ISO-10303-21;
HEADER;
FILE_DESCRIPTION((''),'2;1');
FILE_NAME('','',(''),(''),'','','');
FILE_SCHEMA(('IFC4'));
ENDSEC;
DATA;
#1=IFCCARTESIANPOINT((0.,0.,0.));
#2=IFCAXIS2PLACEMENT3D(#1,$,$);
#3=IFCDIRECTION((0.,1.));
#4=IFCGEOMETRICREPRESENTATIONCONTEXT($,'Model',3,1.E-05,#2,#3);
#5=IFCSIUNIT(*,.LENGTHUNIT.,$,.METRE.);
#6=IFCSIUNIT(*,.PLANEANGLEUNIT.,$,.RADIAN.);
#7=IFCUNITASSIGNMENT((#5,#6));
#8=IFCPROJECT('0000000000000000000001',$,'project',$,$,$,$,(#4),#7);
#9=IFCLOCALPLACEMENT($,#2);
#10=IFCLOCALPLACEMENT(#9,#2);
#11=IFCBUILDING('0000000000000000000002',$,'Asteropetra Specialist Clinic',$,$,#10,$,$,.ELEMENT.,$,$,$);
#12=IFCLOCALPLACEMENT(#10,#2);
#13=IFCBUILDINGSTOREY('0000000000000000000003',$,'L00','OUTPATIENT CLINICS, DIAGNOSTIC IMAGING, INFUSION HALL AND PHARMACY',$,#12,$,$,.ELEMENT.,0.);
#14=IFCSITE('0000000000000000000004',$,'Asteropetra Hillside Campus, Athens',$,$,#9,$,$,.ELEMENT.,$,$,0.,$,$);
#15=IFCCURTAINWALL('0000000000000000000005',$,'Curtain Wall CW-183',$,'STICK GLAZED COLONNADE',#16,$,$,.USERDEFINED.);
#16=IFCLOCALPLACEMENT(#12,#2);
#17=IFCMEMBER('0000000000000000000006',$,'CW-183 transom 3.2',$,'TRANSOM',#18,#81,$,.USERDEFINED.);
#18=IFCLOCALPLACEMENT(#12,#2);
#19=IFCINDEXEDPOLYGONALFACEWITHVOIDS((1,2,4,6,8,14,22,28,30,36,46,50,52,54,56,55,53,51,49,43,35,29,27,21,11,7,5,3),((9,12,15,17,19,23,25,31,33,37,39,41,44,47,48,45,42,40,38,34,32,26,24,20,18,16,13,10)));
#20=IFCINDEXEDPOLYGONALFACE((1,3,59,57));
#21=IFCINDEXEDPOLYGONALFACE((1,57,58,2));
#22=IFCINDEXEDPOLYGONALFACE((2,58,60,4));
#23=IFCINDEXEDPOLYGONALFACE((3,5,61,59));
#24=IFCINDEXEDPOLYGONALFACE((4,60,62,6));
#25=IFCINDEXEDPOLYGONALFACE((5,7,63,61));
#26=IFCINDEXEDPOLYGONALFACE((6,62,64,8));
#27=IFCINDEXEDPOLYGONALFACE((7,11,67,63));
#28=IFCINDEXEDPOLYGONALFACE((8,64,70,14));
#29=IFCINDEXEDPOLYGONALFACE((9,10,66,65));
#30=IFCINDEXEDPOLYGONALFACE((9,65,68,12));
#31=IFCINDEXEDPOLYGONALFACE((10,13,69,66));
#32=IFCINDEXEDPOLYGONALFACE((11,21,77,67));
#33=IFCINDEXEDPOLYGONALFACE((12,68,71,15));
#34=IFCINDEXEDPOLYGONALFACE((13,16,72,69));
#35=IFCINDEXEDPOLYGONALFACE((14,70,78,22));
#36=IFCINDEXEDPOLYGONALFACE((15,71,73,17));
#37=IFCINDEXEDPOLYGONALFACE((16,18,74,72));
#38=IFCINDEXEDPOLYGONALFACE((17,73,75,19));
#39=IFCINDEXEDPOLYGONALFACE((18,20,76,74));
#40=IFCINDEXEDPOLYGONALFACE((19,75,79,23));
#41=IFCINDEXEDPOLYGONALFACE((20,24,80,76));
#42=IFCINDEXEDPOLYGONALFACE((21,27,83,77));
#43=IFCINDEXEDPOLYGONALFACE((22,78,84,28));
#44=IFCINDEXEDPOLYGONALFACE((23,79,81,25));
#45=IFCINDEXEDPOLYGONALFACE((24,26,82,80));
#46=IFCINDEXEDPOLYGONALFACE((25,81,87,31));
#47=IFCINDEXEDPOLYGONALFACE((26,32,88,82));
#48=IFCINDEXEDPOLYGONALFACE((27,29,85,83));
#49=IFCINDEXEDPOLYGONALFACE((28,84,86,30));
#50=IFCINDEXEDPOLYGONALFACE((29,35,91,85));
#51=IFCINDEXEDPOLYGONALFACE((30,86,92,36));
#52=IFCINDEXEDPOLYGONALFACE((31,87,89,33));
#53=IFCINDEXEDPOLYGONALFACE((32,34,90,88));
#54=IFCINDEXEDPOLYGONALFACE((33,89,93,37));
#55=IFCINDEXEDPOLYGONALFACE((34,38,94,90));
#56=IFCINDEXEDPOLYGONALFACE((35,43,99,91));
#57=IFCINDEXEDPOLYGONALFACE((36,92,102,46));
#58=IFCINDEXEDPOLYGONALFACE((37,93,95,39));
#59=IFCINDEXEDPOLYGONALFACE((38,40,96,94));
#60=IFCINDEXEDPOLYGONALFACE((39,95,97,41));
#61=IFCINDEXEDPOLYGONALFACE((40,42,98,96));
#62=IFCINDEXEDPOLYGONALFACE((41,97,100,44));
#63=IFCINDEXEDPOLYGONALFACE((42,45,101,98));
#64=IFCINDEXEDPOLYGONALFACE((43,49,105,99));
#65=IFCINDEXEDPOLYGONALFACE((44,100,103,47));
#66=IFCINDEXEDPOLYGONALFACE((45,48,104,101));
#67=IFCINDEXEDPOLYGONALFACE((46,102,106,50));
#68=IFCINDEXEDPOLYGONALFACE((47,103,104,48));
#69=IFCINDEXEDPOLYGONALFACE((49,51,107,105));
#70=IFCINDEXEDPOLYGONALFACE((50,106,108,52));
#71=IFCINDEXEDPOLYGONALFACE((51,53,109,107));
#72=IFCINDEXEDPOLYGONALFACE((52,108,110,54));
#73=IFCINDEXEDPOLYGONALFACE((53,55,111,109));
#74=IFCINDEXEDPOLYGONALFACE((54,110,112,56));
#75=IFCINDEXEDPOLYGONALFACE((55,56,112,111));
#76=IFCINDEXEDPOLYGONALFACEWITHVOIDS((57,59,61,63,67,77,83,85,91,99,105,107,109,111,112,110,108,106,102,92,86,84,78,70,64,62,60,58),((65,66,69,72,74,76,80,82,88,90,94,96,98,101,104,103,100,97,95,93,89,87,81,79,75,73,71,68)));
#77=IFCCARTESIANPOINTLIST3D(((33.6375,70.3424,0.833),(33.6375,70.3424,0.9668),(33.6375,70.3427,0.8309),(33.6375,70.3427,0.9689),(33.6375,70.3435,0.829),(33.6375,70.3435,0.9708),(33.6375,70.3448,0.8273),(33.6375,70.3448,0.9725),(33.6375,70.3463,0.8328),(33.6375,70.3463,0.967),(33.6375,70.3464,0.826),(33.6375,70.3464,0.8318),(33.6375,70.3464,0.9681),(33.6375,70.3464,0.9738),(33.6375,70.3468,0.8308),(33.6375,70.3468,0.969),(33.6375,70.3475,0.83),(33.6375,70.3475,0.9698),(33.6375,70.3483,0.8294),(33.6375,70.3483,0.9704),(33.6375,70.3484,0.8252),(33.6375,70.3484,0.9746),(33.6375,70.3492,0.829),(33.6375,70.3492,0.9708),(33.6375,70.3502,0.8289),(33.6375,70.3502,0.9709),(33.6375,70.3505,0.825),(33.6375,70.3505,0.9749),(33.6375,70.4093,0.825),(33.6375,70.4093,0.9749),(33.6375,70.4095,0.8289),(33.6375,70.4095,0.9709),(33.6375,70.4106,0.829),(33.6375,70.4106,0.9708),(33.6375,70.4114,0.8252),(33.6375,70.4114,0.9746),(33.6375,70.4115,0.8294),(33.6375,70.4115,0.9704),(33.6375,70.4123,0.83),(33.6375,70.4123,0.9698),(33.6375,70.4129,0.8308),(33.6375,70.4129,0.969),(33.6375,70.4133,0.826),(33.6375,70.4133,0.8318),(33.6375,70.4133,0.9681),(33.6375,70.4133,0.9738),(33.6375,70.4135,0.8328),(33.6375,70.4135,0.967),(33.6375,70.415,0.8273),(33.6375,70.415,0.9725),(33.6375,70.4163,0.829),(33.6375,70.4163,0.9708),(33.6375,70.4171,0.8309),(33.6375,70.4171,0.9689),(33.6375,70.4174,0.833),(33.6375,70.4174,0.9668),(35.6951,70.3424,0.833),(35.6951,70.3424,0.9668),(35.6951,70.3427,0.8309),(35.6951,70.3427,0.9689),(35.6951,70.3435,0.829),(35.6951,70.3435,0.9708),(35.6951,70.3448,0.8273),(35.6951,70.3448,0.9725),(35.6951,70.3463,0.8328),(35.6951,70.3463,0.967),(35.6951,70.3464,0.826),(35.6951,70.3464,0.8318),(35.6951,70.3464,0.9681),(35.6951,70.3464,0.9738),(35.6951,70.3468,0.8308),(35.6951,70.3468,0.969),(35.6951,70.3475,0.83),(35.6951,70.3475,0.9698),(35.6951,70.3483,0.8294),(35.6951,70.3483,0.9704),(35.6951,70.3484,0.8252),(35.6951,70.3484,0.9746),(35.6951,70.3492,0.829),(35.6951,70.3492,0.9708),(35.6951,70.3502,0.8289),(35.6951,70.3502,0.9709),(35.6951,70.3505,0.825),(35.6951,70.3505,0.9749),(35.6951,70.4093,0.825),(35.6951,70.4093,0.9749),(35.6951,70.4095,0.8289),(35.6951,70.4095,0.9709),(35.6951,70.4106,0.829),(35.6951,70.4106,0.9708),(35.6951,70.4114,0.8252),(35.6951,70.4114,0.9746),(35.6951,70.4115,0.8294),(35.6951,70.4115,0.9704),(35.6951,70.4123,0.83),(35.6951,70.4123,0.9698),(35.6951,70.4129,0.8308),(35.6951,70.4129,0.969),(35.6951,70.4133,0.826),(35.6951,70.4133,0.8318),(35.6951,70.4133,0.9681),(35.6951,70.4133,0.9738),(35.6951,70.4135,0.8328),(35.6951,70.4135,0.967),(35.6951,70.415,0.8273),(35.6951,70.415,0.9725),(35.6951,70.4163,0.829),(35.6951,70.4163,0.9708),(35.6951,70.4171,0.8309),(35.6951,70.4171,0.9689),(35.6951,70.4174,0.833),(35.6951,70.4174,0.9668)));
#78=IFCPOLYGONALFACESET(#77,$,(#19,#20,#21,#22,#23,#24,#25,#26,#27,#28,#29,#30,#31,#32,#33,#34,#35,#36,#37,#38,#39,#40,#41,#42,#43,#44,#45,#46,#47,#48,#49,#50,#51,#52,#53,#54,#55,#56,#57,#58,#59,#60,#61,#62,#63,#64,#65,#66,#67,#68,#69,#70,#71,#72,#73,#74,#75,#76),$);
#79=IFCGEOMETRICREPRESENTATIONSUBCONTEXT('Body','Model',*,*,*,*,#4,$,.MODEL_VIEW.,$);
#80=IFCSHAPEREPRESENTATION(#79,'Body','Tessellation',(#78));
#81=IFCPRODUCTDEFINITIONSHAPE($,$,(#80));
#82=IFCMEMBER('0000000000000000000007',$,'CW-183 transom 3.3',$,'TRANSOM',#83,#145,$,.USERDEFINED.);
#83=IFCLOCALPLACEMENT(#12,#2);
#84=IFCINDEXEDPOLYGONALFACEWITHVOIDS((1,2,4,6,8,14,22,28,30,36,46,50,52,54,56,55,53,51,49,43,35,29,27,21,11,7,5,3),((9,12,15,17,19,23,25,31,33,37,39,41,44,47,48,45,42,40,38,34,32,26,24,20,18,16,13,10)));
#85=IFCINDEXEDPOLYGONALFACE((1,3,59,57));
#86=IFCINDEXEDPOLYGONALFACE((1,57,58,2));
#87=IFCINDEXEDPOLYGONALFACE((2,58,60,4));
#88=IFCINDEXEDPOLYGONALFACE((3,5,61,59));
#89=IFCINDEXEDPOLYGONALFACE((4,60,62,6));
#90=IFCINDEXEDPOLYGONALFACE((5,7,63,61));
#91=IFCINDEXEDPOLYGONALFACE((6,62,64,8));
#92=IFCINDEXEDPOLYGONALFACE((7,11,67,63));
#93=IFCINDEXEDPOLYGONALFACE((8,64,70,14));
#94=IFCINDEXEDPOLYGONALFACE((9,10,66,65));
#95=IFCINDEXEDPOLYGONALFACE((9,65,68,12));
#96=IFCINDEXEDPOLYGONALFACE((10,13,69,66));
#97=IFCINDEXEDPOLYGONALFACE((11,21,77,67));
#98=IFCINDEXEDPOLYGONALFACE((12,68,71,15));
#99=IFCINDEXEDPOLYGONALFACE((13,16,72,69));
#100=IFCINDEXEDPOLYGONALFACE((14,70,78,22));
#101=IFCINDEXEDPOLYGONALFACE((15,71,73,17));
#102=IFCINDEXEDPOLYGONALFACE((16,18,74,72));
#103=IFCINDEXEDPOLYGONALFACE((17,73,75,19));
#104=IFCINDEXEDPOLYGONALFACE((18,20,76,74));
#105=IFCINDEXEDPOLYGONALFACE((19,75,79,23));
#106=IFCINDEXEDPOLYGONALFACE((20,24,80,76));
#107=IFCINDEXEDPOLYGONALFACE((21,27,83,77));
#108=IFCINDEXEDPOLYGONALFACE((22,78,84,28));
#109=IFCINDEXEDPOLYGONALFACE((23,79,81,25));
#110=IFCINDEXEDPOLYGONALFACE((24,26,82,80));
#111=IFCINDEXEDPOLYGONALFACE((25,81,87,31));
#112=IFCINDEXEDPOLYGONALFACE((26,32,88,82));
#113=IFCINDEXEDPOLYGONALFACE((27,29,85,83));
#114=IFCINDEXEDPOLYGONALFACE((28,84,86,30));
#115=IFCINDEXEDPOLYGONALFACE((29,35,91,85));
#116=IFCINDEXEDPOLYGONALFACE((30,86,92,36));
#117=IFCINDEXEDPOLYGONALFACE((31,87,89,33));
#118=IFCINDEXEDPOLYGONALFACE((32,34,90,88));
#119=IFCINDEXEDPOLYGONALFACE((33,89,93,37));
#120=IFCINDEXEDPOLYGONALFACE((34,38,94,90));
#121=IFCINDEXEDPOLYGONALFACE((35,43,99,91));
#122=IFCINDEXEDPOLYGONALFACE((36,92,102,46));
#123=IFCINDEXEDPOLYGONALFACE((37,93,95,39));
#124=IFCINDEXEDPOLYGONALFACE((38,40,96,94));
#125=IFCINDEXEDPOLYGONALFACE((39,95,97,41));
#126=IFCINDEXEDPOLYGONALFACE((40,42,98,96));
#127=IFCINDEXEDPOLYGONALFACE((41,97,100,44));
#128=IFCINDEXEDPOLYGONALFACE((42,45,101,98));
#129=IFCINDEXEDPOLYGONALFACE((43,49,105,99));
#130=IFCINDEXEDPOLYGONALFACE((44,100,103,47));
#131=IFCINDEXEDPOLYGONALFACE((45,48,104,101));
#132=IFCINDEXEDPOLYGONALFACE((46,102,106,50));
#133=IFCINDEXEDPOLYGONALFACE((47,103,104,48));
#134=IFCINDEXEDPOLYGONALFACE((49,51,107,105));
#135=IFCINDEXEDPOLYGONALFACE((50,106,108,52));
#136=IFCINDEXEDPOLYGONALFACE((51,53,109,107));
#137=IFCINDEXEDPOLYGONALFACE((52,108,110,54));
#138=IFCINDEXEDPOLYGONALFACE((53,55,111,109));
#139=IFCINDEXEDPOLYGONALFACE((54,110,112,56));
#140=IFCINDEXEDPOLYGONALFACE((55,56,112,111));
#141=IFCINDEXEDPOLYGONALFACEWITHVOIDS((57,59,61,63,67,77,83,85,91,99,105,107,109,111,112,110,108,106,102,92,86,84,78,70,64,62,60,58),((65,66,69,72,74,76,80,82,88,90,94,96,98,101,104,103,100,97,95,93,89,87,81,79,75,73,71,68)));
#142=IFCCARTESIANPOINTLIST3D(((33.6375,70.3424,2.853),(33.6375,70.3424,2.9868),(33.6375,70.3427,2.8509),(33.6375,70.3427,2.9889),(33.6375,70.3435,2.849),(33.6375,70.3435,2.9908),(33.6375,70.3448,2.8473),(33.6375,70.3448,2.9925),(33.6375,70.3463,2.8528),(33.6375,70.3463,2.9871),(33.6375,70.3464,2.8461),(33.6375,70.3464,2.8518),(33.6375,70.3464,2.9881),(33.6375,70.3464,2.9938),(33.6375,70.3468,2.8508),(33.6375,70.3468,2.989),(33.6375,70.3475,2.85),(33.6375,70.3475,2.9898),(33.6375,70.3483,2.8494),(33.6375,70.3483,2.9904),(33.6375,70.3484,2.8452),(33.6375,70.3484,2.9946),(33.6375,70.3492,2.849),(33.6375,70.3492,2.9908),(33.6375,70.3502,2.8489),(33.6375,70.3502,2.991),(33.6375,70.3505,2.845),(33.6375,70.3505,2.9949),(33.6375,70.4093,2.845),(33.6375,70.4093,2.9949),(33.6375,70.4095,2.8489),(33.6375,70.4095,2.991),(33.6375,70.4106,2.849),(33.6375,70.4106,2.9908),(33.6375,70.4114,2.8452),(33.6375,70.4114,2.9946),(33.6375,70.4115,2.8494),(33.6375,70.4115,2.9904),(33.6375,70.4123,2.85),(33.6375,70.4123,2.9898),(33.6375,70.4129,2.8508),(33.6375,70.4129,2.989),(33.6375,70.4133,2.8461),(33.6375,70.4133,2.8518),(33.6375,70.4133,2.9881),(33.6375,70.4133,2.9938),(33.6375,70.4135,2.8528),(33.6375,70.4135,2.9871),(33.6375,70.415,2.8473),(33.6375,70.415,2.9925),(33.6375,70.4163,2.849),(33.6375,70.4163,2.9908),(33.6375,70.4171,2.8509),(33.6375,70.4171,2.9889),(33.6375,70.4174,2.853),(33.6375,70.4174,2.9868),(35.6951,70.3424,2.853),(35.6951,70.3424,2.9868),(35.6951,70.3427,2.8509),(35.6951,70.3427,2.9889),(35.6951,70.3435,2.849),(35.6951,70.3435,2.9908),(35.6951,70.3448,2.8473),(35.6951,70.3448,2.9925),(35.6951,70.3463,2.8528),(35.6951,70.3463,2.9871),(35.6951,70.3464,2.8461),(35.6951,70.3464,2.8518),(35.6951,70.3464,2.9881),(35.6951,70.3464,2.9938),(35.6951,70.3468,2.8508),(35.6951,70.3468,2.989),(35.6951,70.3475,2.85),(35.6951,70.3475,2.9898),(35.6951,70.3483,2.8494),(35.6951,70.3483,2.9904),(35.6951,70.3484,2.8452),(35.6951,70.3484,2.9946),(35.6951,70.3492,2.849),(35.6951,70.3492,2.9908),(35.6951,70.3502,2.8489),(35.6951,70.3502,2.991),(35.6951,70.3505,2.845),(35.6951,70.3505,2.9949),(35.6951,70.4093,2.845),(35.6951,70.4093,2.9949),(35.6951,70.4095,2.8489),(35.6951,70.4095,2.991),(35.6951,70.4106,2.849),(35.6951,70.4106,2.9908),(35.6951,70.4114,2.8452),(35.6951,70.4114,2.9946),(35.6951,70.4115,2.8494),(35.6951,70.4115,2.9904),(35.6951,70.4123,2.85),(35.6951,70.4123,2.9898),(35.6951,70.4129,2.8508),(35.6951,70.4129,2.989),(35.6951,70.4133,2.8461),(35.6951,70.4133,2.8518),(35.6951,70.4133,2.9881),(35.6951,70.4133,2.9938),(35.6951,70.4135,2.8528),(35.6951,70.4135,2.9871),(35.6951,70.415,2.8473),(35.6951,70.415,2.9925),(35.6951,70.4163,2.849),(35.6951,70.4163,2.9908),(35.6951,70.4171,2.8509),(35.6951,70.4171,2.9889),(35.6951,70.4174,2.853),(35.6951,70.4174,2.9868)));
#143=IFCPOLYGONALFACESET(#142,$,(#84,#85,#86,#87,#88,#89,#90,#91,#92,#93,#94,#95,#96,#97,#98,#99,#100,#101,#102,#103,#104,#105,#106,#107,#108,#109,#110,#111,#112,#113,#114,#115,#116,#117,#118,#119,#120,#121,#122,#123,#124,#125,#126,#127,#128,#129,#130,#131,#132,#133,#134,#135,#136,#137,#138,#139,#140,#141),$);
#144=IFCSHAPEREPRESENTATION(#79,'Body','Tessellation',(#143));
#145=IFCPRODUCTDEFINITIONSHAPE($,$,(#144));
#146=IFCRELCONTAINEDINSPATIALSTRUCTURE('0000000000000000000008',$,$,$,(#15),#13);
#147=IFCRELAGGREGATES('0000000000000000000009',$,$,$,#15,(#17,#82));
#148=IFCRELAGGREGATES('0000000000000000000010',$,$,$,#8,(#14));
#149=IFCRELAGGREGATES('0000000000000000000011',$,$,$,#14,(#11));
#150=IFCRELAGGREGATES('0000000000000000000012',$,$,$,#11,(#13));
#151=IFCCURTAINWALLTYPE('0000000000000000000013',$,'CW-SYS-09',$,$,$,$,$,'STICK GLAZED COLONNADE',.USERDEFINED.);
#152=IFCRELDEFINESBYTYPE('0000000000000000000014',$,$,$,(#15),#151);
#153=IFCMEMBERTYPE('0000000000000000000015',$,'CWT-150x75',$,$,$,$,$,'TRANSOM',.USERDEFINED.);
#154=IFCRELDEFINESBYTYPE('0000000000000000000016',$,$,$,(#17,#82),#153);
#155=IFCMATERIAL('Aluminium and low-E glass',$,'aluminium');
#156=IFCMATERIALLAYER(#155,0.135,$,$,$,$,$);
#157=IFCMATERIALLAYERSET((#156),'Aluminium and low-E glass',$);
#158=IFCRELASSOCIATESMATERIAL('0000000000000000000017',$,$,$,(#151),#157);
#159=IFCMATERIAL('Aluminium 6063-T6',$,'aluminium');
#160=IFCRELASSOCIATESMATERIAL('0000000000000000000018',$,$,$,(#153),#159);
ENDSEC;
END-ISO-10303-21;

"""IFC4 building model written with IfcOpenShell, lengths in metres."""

from ifc_helpers import new_model, si_unit, direction, frame, origin, origin_2d, place, context, subcontext, project, spatial, hollow_rectangle, extrude, material, layer, layer_set, material_profile, profile_set, type_object, element, aggregate, save


model = new_model("IFC4")

# Units and contexts
model_context = context("Model", 3, precision=1e-05, world=origin(), true_north=direction((0.0, 1.0)))
body_context = subcontext(model_context, "Body", "Model", "MODEL_VIEW")
ifc_project = project(units=[si_unit("LENGTHUNIT", "METRE"), si_unit("PLANEANGLEUNIT", "RADIAN")], contexts=[model_context])

# Site, building, storey
site_placement = place(None, origin())
site = spatial("IfcSite", under=ifc_project, at=site_placement, Name="Asteropetra Hillside Campus, Athens", CompositionType="ELEMENT", RefElevation=0.0)
building_placement = place(site_placement, origin())
building = spatial("IfcBuilding", under=site, at=building_placement, Name="Asteropetra Specialist Clinic", CompositionType="ELEMENT")
storey_placement = place(building_placement, origin())
storey = spatial("IfcBuildingStorey", under=building, at=storey_placement, Name="L00", Description="OUTPATIENT CLINICS, DIAGNOSTIC IMAGING, INFUSION HALL AND PHARMACY", CompositionType="ELEMENT", Elevation=0.0)

# Curtain wall, members
ifc_material_1 = material(Name="Aluminium and low-E glass", Category="aluminium")
ifc_layer_1 = layer(ifc_material_1, 0.135)
ifc_layer_set_1 = layer_set([ifc_layer_1], Name="Aluminium and low-E glass")
curtain_wall_type = type_object("IfcCurtainWallType", Name="CW-SYS-09", ElementType="STICK GLAZED COLONNADE", PredefinedType="USERDEFINED", material=ifc_layer_set_1)
curtain_wall_placement = place(storey_placement, origin())
curtain_wall = element("IfcCurtainWall", 1, at=curtain_wall_placement, inside=storey, type_object=curtain_wall_type, Name="Curtain Wall CW-183", ObjectType="STICK GLAZED COLONNADE", PredefinedType="USERDEFINED")
ifc_material_2 = material(Name="Aluminium 6063-T6", Category="aluminium")
ifc_material_profile_1 = material_profile(ifc_material_2, hollow_rectangle(XDim=0.075, YDim=0.1499, WallThickness=0.0039, InnerFilletRadius=0.0039, OuterFilletRadius=0.0081, at=origin_2d()), Name="TRN 150x75x4.0")
ifc_profile_set_1 = profile_set([ifc_material_profile_1], Name="Aluminium 6063-T6")
member_type_1 = type_object("IfcMemberType", Name="CWT-150x75", ElementType="TRANSOM", PredefinedType="USERDEFINED", material=ifc_profile_set_1)
member_1_placement = place(storey_placement, frame((33.6375, 70.3799, 0.8999), z_axis=(1.0, 0.0, 0.0), x_axis=(0.0, 1.0, 0.0)))
member_1 = element("IfcMember", 2, at=member_1_placement, type_object=member_type_1, Name="CW-183 transom 3.2", ObjectType="TRANSOM", PredefinedType="USERDEFINED", context=body_context, shape_type="SweptSolid", body=[
    extrude(hollow_rectangle(XDim=0.075, YDim=0.1499, WallThickness=0.0039, InnerFilletRadius=0.0039, OuterFilletRadius=0.0081, at=origin_2d()), origin(), (0.0, 0.0, 1.0), 2.0576),
])
member_2_placement = place(storey_placement, frame((33.6375, 70.3799, 2.9199), z_axis=(1.0, 0.0, 0.0), x_axis=(0.0, 1.0, 0.0)))
member_2 = element("IfcMember", 3, at=member_2_placement, type_object=member_type_1, Name="CW-183 transom 3.3", ObjectType="TRANSOM", PredefinedType="USERDEFINED", context=body_context, shape_type="SweptSolid", body=[
    extrude(hollow_rectangle(XDim=0.075, YDim=0.1499, WallThickness=0.0039, InnerFilletRadius=0.0039, OuterFilletRadius=0.0081, at=origin_2d()), origin(), (0.0, 0.0, 1.0), 2.0576),
])
aggregate(curtain_wall, [member_1, member_2])

save(model, "model.ifc")
